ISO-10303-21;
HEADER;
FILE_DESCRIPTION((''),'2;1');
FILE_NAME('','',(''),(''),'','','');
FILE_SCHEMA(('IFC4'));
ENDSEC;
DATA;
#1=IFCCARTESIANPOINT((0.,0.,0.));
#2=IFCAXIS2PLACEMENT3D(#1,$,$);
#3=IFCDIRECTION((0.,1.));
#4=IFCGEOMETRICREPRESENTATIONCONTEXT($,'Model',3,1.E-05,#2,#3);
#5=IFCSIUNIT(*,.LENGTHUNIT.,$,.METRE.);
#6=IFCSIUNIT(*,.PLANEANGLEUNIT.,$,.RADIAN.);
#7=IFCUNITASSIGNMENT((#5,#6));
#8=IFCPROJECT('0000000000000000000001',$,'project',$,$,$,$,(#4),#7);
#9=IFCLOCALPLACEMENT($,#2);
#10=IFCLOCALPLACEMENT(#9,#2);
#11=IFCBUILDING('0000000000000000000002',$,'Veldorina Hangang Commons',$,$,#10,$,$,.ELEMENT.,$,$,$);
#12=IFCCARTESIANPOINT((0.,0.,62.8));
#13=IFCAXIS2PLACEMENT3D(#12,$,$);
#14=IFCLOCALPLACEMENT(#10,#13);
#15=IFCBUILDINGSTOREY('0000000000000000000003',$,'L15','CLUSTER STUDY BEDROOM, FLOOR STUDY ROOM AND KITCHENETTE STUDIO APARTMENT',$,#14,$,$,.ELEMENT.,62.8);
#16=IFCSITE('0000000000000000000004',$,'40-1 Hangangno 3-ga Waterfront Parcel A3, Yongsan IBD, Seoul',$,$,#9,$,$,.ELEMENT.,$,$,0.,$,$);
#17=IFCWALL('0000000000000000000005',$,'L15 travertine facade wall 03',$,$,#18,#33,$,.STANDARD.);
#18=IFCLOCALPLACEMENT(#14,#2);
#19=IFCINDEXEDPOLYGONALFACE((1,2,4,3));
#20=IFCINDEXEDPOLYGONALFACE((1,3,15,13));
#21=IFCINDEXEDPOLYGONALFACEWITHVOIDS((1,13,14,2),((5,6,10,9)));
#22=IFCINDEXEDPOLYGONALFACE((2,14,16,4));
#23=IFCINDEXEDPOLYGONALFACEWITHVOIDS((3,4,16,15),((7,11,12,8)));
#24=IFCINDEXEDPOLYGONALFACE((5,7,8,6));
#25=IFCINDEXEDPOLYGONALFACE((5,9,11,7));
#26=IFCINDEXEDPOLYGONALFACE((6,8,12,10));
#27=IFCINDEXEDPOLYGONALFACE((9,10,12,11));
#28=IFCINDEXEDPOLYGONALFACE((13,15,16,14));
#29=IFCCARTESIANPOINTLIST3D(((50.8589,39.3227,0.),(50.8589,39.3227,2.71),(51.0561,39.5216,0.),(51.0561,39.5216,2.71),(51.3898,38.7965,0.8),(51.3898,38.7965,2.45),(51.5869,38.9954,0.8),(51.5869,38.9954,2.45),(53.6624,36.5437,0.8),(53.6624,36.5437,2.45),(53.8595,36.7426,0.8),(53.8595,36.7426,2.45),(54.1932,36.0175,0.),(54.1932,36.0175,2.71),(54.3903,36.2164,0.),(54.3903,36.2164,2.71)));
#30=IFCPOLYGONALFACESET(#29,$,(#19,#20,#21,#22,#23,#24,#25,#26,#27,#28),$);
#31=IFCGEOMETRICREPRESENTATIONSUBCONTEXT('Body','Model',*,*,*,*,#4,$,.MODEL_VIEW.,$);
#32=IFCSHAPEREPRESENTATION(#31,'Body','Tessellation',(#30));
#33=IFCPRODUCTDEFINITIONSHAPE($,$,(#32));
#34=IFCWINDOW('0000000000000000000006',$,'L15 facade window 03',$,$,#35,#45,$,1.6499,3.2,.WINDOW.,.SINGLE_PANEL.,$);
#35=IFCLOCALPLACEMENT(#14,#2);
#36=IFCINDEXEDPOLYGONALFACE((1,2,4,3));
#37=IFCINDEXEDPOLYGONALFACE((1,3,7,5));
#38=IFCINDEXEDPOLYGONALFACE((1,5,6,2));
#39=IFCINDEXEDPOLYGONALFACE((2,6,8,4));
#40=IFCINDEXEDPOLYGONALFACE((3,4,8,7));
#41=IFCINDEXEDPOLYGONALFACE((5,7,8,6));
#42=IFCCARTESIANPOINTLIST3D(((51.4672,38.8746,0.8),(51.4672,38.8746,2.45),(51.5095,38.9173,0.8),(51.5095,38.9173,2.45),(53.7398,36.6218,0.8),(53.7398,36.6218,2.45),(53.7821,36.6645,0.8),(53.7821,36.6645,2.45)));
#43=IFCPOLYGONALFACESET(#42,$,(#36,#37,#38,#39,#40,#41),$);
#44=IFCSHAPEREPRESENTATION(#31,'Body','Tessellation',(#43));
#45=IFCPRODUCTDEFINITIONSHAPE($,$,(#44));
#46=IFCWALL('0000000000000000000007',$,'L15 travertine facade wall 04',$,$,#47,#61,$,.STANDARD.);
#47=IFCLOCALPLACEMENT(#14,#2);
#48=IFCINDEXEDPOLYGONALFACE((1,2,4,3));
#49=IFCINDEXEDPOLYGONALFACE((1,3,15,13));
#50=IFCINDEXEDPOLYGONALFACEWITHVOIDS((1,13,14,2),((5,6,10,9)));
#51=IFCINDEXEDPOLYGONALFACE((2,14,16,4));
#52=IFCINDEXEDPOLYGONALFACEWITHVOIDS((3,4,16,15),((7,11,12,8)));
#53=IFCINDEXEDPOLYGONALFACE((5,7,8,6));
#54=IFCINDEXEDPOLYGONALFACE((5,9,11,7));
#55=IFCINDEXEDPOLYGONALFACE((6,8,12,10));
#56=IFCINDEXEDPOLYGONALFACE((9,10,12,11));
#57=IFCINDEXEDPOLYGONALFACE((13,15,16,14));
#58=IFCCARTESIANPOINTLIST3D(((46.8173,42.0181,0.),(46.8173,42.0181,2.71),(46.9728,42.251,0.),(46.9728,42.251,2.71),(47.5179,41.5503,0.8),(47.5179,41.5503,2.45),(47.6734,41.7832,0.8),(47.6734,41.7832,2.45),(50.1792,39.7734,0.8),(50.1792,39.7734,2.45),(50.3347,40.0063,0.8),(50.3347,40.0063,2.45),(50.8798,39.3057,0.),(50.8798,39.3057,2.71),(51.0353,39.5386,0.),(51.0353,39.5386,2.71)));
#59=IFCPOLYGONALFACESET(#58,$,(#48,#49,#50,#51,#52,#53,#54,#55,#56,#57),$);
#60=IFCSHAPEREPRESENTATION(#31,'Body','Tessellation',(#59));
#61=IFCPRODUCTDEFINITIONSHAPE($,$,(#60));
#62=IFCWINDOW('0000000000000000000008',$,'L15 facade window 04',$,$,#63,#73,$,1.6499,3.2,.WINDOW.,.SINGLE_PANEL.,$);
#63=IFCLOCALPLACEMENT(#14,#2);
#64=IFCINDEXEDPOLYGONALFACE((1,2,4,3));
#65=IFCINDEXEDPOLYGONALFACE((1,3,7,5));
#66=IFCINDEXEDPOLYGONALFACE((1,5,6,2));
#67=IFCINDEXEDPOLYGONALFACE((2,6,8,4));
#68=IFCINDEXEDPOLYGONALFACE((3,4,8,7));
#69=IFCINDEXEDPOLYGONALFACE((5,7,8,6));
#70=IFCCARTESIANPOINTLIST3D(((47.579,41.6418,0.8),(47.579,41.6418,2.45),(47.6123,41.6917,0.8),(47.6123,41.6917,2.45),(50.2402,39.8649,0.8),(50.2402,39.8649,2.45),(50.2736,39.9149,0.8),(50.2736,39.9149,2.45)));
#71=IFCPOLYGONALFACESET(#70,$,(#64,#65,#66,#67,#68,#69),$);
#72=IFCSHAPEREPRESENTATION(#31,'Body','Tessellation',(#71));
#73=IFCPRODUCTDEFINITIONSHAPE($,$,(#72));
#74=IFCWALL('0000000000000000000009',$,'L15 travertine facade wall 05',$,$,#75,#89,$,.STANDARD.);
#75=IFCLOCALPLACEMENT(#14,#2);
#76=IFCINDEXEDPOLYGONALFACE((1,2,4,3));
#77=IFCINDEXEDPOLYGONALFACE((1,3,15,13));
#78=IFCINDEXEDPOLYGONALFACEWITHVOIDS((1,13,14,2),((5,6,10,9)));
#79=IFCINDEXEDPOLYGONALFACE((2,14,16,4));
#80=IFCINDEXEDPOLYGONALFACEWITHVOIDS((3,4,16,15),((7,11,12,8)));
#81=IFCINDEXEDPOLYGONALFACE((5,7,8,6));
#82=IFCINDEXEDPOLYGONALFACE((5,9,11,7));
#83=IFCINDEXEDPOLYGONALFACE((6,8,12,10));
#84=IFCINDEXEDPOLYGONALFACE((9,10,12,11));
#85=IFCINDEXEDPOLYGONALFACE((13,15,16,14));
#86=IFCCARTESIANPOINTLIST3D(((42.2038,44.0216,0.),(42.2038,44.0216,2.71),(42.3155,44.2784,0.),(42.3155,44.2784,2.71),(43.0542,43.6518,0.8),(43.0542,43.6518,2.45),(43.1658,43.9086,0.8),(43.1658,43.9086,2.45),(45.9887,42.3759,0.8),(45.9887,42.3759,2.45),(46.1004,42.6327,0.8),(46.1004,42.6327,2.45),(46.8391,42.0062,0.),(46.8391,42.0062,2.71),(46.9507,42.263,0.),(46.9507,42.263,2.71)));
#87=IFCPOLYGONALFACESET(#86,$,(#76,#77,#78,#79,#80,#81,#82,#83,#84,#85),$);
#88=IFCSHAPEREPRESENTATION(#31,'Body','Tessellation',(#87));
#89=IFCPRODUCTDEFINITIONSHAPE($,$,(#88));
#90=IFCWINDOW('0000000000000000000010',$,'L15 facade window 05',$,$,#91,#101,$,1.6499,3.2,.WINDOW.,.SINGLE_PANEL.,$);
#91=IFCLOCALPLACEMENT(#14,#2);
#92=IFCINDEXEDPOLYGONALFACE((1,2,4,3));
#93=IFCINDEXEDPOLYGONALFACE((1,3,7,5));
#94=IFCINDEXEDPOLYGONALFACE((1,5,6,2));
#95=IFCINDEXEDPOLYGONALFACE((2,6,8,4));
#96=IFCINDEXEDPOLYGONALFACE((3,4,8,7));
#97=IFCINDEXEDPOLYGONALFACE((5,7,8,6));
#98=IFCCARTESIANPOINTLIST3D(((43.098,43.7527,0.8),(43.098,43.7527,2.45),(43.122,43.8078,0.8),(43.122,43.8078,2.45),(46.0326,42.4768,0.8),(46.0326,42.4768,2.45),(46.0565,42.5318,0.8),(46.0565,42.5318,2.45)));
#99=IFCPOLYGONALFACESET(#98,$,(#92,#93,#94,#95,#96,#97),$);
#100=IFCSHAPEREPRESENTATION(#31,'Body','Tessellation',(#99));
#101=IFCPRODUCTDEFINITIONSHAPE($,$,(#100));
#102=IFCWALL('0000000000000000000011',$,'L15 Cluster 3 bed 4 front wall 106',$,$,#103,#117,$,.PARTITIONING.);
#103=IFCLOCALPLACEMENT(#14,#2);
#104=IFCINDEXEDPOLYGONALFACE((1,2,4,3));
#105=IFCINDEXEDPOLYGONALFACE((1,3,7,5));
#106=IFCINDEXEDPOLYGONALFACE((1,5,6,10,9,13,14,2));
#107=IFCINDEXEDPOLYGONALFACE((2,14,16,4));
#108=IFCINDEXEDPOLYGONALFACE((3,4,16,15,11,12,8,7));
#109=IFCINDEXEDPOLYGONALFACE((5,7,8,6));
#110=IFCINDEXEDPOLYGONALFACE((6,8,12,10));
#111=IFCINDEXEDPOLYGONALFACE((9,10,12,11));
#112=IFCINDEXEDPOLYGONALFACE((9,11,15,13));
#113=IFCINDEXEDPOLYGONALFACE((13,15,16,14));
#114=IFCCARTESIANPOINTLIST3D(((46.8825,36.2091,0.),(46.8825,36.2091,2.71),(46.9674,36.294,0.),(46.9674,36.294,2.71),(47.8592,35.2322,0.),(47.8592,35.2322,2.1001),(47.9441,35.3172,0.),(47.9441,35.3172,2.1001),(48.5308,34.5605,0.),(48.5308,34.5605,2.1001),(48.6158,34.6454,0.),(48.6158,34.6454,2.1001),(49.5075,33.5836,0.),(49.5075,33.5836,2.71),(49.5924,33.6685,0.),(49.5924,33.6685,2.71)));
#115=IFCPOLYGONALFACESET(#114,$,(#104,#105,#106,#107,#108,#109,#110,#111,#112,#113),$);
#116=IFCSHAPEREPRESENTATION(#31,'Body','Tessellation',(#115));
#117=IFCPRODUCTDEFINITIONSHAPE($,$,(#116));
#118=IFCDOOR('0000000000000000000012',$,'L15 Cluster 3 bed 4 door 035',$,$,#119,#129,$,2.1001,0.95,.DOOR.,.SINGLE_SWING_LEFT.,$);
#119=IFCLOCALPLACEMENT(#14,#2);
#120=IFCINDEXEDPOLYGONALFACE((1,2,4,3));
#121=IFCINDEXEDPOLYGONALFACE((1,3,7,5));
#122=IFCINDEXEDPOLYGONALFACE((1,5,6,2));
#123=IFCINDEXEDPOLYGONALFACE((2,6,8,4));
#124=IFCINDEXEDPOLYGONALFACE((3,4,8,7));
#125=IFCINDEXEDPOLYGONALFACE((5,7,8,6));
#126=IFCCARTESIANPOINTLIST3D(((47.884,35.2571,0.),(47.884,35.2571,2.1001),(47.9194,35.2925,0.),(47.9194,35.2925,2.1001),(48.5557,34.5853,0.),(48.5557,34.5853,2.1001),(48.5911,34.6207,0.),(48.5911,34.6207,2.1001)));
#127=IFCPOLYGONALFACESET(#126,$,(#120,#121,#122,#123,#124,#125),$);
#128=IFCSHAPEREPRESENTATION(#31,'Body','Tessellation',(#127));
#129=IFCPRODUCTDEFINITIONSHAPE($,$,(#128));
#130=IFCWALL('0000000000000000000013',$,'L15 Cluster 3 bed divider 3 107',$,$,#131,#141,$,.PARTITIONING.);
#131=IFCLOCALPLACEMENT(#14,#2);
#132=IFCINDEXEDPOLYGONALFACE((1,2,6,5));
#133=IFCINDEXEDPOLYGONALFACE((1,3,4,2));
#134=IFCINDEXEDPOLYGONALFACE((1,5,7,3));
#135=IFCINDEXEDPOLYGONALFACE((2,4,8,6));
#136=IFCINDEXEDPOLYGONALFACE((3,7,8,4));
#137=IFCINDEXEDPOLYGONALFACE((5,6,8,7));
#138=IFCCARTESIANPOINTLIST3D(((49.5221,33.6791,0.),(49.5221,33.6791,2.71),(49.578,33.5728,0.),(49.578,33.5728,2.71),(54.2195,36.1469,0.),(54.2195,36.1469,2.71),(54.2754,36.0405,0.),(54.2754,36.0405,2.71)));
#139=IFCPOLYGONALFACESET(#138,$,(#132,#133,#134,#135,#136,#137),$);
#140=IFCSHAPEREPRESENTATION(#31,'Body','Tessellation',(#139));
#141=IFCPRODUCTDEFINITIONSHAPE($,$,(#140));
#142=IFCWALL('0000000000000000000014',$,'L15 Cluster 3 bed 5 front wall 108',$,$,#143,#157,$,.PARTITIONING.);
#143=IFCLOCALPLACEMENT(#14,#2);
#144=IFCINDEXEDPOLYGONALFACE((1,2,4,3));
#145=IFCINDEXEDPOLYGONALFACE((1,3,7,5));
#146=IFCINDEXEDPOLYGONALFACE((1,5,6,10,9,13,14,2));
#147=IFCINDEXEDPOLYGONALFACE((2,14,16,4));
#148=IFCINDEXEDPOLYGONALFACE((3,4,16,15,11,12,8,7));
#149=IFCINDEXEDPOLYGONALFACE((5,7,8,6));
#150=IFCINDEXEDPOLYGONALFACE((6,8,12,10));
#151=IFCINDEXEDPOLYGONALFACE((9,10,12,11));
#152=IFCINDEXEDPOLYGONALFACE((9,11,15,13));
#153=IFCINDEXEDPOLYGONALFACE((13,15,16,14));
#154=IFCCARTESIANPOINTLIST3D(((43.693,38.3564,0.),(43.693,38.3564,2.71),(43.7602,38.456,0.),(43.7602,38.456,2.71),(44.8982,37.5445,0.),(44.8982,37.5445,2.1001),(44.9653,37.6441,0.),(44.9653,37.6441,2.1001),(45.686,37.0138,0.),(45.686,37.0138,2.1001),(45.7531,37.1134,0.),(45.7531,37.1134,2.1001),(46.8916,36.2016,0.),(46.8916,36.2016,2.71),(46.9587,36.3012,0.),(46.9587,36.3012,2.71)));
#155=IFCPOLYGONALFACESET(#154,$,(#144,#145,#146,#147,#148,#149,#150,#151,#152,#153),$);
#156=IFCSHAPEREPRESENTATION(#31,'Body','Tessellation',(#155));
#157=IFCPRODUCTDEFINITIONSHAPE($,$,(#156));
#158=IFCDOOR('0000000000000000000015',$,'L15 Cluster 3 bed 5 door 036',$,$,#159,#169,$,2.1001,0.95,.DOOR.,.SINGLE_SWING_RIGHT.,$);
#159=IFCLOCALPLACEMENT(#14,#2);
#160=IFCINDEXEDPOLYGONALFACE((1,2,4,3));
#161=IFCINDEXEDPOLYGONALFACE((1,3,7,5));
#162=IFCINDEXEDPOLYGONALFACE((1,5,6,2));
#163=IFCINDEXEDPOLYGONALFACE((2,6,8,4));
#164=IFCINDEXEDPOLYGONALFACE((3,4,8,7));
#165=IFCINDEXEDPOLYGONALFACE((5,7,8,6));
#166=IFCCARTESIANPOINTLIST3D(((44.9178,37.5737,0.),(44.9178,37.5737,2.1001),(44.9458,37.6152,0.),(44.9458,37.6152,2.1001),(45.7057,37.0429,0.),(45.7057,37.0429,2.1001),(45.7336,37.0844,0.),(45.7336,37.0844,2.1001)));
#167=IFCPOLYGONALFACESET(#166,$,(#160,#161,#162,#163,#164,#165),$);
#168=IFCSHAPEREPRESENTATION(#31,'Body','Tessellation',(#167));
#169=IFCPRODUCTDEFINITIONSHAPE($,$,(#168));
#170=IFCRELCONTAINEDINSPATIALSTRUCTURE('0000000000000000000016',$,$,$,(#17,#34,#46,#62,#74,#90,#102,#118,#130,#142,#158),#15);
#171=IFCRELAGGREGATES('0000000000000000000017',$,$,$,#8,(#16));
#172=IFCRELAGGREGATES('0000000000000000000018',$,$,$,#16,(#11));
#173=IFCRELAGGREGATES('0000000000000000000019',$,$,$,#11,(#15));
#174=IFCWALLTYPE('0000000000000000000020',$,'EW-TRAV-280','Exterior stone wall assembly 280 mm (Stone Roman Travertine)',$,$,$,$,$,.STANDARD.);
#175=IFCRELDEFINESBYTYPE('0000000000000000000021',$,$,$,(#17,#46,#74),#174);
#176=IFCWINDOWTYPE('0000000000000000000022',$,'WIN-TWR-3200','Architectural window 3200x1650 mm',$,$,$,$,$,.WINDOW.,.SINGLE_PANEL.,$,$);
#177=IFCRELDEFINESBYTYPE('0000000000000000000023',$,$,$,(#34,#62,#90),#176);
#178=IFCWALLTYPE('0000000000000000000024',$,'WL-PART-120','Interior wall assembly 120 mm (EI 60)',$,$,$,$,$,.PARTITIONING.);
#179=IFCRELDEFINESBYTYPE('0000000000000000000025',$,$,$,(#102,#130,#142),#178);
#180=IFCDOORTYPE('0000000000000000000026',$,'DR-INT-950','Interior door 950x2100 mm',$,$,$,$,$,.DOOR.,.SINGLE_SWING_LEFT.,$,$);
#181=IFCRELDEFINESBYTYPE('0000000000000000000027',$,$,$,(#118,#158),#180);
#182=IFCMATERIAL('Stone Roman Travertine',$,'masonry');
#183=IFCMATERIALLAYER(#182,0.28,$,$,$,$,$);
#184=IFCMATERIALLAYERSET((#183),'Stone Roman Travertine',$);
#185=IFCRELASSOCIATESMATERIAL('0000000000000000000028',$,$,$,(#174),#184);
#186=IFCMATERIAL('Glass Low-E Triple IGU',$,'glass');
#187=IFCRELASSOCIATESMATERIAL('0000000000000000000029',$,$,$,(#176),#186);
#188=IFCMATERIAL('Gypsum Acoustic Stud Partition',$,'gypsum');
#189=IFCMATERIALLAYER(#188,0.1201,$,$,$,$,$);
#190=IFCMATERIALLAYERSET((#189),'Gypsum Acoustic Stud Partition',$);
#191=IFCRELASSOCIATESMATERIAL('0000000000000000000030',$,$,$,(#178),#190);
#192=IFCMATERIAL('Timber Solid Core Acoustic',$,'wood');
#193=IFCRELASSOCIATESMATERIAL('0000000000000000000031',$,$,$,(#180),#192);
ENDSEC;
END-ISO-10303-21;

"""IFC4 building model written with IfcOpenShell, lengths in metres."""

from ifc_helpers import new_model, si_unit, direction, frame, frame_2d, origin, place, context, subcontext, project, spatial, rectangle, extrude, material, layer, layer_set, type_object, element, fill, save


model = new_model("IFC4")

# Units and contexts
model_context = context("Model", 3, precision=1e-05, world=origin(), true_north=direction((0.0, 1.0)))
body_context = subcontext(model_context, "Body", "Model", "MODEL_VIEW")
ifc_project = project(units=[si_unit("LENGTHUNIT", "METRE"), si_unit("PLANEANGLEUNIT", "RADIAN")], contexts=[model_context])

# Site, building, storey
site_placement = place(None, origin())
site = spatial("IfcSite", under=ifc_project, at=site_placement, Name="40-1 Hangangno 3-ga Waterfront Parcel A3, Yongsan IBD, Seoul", CompositionType="ELEMENT", RefElevation=0.0)
building_placement = place(site_placement, origin())
building = spatial("IfcBuilding", under=site, at=building_placement, Name="Veldorina Hangang Commons", CompositionType="ELEMENT")
storey_placement = place(building_placement, frame((0.0, 0.0, 62.8)))
storey = spatial("IfcBuildingStorey", under=building, at=storey_placement, Name="L15", Description="CLUSTER STUDY BEDROOM, FLOOR STUDY ROOM AND KITCHENETTE STUDIO APARTMENT", CompositionType="ELEMENT", Elevation=62.8)

# Walls, openings, windows
ifc_material_1 = material(Name="Stone Roman Travertine", Category="masonry")
ifc_layer_1 = layer(ifc_material_1, 0.28)
ifc_layer_set_1 = layer_set([ifc_layer_1], Name="Stone Roman Travertine")
wall_type_1 = type_object("IfcWallType", Name="EW-TRAV-280", Description="Exterior stone wall assembly 280 mm (Stone Roman Travertine)", PredefinedType="STANDARD", material=ifc_layer_set_1)
ifc_material_2 = material(Name="Glass Low-E Triple IGU", Category="glass")
window_type = type_object("IfcWindowType", Name="WIN-TWR-3200", Description="Architectural window 3200x1650 mm", PartitioningType="SINGLE_PANEL", PredefinedType="WINDOW", material=ifc_material_2)
wall_1_placement = place(storey_placement, frame((54.2917, 36.1169, 0.0), z_axis=(0.0, 0.0, 1.0), x_axis=(-0.710194, 0.704006, 0.0)))
wall_1 = element("IfcWall", 1, at=wall_1_placement, inside=storey, type_object=wall_type_1, Name="L15 travertine facade wall 03", PredefinedType="STANDARD", context=body_context, shape_type="SweptSolid", body=[
    extrude(rectangle(XDim=4.6948, YDim=0.28, at=frame_2d((2.3474, 0.0))), origin(), (0.0, 0.0, 1.0), 2.71),
])
opening_1_placement = place(wall_1_placement, frame((0.7473, 0.0, 0.8)))
opening_1 = element("IfcOpeningElement", 2, at=opening_1_placement, cuts=wall_1, PredefinedType="OPENING", context=body_context, shape_type="SweptSolid", body=[
    extrude(rectangle(XDim=3.2, YDim=1.6499, at=frame_2d((1.6001, 0.825))), frame((0.0, 0.1499, 0.0), z_axis=(0.0, -1.0, 0.0), x_axis=(1.0, 0.0, 0.0)), (0.0, 0.0, 1.0), 0.3),
])
window_1_placement = place(opening_1_placement, origin())
window_1 = element("IfcWindow", 3, at=window_1_placement, inside=storey, type_object=window_type, Name="L15 facade window 03", OverallHeight=1.6499, OverallWidth=3.2, PartitioningType="SINGLE_PANEL", PredefinedType="WINDOW", context=body_context, shape_type="SweptSolid", body=[
    extrude(rectangle(XDim=3.2, YDim=1.6499, at=frame_2d((1.6001, 0.825))), frame((0.0, 0.03, 0.0), z_axis=(0.0, -1.0, 0.0), x_axis=(1.0, 0.0, 0.0)), (0.0, 0.0, 1.0), 0.0601),
])
fill(opening_1, window_1)
wall_2_placement = place(storey_placement, frame((50.9575, 39.4221, 0.0), z_axis=(0.0, 0.0, 1.0), x_axis=(-0.831666, 0.555277, 0.0)))
wall_2 = element("IfcWall", 4, at=wall_2_placement, inside=storey, type_object=wall_type_1, Name="L15 travertine facade wall 04", PredefinedType="STANDARD", context=body_context, shape_type="SweptSolid", body=[
    extrude(rectangle(XDim=4.8848, YDim=0.28, at=frame_2d((2.4424, 0.0))), origin(), (0.0, 0.0, 1.0), 2.71),
])
opening_2_placement = place(wall_2_placement, frame((0.8423, 0.0, 0.8)))
opening_2 = element("IfcOpeningElement", 5, at=opening_2_placement, cuts=wall_2, PredefinedType="OPENING", context=body_context, shape_type="SweptSolid", body=[
    extrude(rectangle(XDim=3.2, YDim=1.6499, at=frame_2d((1.6001, 0.825))), frame((0.0, 0.1499, 0.0), z_axis=(0.0, -1.0, 0.0), x_axis=(1.0, 0.0, 0.0)), (0.0, 0.0, 1.0), 0.3),
])
window_2_placement = place(opening_2_placement, origin())
window_2 = element("IfcWindow", 6, at=window_2_placement, inside=storey, type_object=window_type, Name="L15 facade window 04", OverallHeight=1.6499, OverallWidth=3.2, PartitioningType="SINGLE_PANEL", PredefinedType="WINDOW", context=body_context, shape_type="SweptSolid", body=[
    extrude(rectangle(XDim=3.2, YDim=1.6499, at=frame_2d((1.6001, 0.825))), frame((0.0, 0.03, 0.0), z_axis=(0.0, -1.0, 0.0), x_axis=(1.0, 0.0, 0.0)), (0.0, 0.0, 1.0), 0.0601),
])
fill(opening_2, window_2)
wall_3_placement = place(storey_placement, frame((46.895, 42.1345, 0.0), z_axis=(0.0, 0.0, 1.0), x_axis=(-0.917066, 0.398735, 0.0)))
wall_3 = element("IfcWall", 7, at=wall_3_placement, inside=storey, type_object=wall_type_1, Name="L15 travertine facade wall 05", PredefinedType="STANDARD", context=body_context, shape_type="SweptSolid", body=[
    extrude(rectangle(XDim=5.0544, YDim=0.28, at=frame_2d((2.5273, 0.0))), origin(), (0.0, 0.0, 1.0), 2.71),
])
opening_3_placement = place(wall_3_placement, frame((0.9272, 0.0, 0.8)))
opening_3 = element("IfcOpeningElement", 8, at=opening_3_placement, cuts=wall_3, PredefinedType="OPENING", context=body_context, shape_type="SweptSolid", body=[
    extrude(rectangle(XDim=3.2, YDim=1.6499, at=frame_2d((1.6001, 0.825))), frame((0.0, 0.1499, 0.0), z_axis=(0.0, -1.0, 0.0), x_axis=(1.0, 0.0, 0.0)), (0.0, 0.0, 1.0), 0.3),
])
window_3_placement = place(opening_3_placement, origin())
window_3 = element("IfcWindow", 9, at=window_3_placement, inside=storey, type_object=window_type, Name="L15 facade window 05", OverallHeight=1.6499, OverallWidth=3.2, PartitioningType="SINGLE_PANEL", PredefinedType="WINDOW", context=body_context, shape_type="SweptSolid", body=[
    extrude(rectangle(XDim=3.2, YDim=1.6499, at=frame_2d((1.6001, 0.825))), frame((0.0, 0.03, 0.0), z_axis=(0.0, -1.0, 0.0), x_axis=(1.0, 0.0, 0.0)), (0.0, 0.0, 1.0), 0.0601),
])
fill(opening_3, window_3)

# Wall, opening, door
ifc_material_3 = material(Name="Gypsum Acoustic Stud Partition", Category="gypsum")
ifc_layer_2 = layer(ifc_material_3, 0.1201)
ifc_layer_set_2 = layer_set([ifc_layer_2], Name="Gypsum Acoustic Stud Partition")
wall_type_2 = type_object("IfcWallType", Name="WL-PART-120", Description="Interior wall assembly 120 mm (EI 60)", PredefinedType="PARTITIONING", material=ifc_layer_set_2)
wall_4_placement = place(storey_placement, frame((49.55, 33.626, 0.0), z_axis=(0.0, 0.0, 1.0), x_axis=(-0.707041, 0.707173, 0.0)))
wall_4 = element("IfcWall", 10, at=wall_4_placement, inside=storey, type_object=wall_type_2, Name="L15 Cluster 3 bed 4 front wall 106", PredefinedType="PARTITIONING", context=body_context, shape_type="SweptSolid", body=[
    extrude(rectangle(XDim=3.7126, YDim=0.1201, at=frame_2d((1.8564, 0.0))), origin(), (0.0, 0.0, 1.0), 2.71),
])
opening_4_placement = place(wall_4_placement, frame((1.3813, 0.0, 0.0)))
opening_4 = element("IfcOpeningElement", 11, at=opening_4_placement, cuts=wall_4, PredefinedType="OPENING", context=body_context, shape_type="SweptSolid", body=[
    extrude(rectangle(XDim=0.95, YDim=2.1001, at=frame_2d((0.4751, 1.05))), frame((0.0, 0.0701, 0.0), z_axis=(0.0, -1.0, 0.0), x_axis=(1.0, 0.0, 0.0)), (0.0, 0.0, 1.0), 0.1401),
])
ifc_material_4 = material(Name="Timber Solid Core Acoustic", Category="wood")
door_type = type_object("IfcDoorType", Name="DR-INT-950", Description="Interior door 950x2100 mm", OperationType="SINGLE_SWING_LEFT", PredefinedType="DOOR", material=ifc_material_4)
door_1_placement = place(opening_4_placement, origin())
door_1 = element("IfcDoor", 12, at=door_1_placement, inside=storey, type_object=door_type, Name="L15 Cluster 3 bed 4 door 035", OperationType="SINGLE_SWING_LEFT", OverallHeight=2.1001, OverallWidth=0.95, PredefinedType="DOOR", context=body_context, shape_type="SweptSolid", body=[
    extrude(rectangle(XDim=0.95, YDim=2.1001, at=frame_2d((0.4751, 1.05))), frame((0.0, 0.0249, 0.0), z_axis=(0.0, -1.0, 0.0), x_axis=(1.0, 0.0, 0.0)), (0.0, 0.0, 1.0), 0.05),
])
fill(opening_4, door_1)

# Wall
wall_5_placement = place(storey_placement, frame((49.55, 33.626, 0.0), z_axis=(0.0, 0.0, 1.0), x_axis=(0.885275, 0.465067, 0.0)))
element("IfcWall", 13, at=wall_5_placement, inside=storey, type_object=wall_type_2, Name="L15 Cluster 3 bed divider 3 107", PredefinedType="PARTITIONING", context=body_context, shape_type="SweptSolid", body=[
    extrude(rectangle(XDim=5.3062, YDim=0.1201, at=frame_2d((2.6531, 0.0))), origin(), (0.0, 0.0, 1.0), 2.71),
])

# Wall, opening, door
wall_6_placement = place(storey_placement, frame((46.925, 36.2515, 0.0), z_axis=(0.0, 0.0, 1.0), x_axis=(-0.829353, 0.558726, 0.0)))
wall_6 = element("IfcWall", 14, at=wall_6_placement, inside=storey, type_object=wall_type_2, Name="L15 Cluster 3 bed 5 front wall 108", PredefinedType="PARTITIONING", context=body_context, shape_type="SweptSolid", body=[
    extrude(rectangle(XDim=3.8567, YDim=0.1201, at=frame_2d((1.9282, 0.0))), origin(), (0.0, 0.0, 1.0), 2.71),
])
opening_5_placement = place(wall_6_placement, frame((1.4534, 0.0, 0.0)))
opening_5 = element("IfcOpeningElement", 15, at=opening_5_placement, cuts=wall_6, PredefinedType="OPENING", context=body_context, shape_type="SweptSolid", body=[
    extrude(rectangle(XDim=0.95, YDim=2.1001, at=frame_2d((0.4751, 1.05))), frame((0.0, 0.0701, 0.0), z_axis=(0.0, -1.0, 0.0), x_axis=(1.0, 0.0, 0.0)), (0.0, 0.0, 1.0), 0.1401),
])
door_2_placement = place(opening_5_placement, origin())
door_2 = element("IfcDoor", 16, at=door_2_placement, inside=storey, type_object=door_type, Name="L15 Cluster 3 bed 5 door 036", OperationType="SINGLE_SWING_RIGHT", OverallHeight=2.1001, OverallWidth=0.95, PredefinedType="DOOR", context=body_context, shape_type="SweptSolid", body=[
    extrude(rectangle(XDim=0.95, YDim=2.1001, at=frame_2d((0.4751, 1.05))), frame((0.0, 0.0249, 0.0), z_axis=(0.0, -1.0, 0.0), x_axis=(1.0, 0.0, 0.0)), (0.0, 0.0, 1.0), 0.05),
])
fill(opening_5, door_2)

save(model, "model.ifc")
